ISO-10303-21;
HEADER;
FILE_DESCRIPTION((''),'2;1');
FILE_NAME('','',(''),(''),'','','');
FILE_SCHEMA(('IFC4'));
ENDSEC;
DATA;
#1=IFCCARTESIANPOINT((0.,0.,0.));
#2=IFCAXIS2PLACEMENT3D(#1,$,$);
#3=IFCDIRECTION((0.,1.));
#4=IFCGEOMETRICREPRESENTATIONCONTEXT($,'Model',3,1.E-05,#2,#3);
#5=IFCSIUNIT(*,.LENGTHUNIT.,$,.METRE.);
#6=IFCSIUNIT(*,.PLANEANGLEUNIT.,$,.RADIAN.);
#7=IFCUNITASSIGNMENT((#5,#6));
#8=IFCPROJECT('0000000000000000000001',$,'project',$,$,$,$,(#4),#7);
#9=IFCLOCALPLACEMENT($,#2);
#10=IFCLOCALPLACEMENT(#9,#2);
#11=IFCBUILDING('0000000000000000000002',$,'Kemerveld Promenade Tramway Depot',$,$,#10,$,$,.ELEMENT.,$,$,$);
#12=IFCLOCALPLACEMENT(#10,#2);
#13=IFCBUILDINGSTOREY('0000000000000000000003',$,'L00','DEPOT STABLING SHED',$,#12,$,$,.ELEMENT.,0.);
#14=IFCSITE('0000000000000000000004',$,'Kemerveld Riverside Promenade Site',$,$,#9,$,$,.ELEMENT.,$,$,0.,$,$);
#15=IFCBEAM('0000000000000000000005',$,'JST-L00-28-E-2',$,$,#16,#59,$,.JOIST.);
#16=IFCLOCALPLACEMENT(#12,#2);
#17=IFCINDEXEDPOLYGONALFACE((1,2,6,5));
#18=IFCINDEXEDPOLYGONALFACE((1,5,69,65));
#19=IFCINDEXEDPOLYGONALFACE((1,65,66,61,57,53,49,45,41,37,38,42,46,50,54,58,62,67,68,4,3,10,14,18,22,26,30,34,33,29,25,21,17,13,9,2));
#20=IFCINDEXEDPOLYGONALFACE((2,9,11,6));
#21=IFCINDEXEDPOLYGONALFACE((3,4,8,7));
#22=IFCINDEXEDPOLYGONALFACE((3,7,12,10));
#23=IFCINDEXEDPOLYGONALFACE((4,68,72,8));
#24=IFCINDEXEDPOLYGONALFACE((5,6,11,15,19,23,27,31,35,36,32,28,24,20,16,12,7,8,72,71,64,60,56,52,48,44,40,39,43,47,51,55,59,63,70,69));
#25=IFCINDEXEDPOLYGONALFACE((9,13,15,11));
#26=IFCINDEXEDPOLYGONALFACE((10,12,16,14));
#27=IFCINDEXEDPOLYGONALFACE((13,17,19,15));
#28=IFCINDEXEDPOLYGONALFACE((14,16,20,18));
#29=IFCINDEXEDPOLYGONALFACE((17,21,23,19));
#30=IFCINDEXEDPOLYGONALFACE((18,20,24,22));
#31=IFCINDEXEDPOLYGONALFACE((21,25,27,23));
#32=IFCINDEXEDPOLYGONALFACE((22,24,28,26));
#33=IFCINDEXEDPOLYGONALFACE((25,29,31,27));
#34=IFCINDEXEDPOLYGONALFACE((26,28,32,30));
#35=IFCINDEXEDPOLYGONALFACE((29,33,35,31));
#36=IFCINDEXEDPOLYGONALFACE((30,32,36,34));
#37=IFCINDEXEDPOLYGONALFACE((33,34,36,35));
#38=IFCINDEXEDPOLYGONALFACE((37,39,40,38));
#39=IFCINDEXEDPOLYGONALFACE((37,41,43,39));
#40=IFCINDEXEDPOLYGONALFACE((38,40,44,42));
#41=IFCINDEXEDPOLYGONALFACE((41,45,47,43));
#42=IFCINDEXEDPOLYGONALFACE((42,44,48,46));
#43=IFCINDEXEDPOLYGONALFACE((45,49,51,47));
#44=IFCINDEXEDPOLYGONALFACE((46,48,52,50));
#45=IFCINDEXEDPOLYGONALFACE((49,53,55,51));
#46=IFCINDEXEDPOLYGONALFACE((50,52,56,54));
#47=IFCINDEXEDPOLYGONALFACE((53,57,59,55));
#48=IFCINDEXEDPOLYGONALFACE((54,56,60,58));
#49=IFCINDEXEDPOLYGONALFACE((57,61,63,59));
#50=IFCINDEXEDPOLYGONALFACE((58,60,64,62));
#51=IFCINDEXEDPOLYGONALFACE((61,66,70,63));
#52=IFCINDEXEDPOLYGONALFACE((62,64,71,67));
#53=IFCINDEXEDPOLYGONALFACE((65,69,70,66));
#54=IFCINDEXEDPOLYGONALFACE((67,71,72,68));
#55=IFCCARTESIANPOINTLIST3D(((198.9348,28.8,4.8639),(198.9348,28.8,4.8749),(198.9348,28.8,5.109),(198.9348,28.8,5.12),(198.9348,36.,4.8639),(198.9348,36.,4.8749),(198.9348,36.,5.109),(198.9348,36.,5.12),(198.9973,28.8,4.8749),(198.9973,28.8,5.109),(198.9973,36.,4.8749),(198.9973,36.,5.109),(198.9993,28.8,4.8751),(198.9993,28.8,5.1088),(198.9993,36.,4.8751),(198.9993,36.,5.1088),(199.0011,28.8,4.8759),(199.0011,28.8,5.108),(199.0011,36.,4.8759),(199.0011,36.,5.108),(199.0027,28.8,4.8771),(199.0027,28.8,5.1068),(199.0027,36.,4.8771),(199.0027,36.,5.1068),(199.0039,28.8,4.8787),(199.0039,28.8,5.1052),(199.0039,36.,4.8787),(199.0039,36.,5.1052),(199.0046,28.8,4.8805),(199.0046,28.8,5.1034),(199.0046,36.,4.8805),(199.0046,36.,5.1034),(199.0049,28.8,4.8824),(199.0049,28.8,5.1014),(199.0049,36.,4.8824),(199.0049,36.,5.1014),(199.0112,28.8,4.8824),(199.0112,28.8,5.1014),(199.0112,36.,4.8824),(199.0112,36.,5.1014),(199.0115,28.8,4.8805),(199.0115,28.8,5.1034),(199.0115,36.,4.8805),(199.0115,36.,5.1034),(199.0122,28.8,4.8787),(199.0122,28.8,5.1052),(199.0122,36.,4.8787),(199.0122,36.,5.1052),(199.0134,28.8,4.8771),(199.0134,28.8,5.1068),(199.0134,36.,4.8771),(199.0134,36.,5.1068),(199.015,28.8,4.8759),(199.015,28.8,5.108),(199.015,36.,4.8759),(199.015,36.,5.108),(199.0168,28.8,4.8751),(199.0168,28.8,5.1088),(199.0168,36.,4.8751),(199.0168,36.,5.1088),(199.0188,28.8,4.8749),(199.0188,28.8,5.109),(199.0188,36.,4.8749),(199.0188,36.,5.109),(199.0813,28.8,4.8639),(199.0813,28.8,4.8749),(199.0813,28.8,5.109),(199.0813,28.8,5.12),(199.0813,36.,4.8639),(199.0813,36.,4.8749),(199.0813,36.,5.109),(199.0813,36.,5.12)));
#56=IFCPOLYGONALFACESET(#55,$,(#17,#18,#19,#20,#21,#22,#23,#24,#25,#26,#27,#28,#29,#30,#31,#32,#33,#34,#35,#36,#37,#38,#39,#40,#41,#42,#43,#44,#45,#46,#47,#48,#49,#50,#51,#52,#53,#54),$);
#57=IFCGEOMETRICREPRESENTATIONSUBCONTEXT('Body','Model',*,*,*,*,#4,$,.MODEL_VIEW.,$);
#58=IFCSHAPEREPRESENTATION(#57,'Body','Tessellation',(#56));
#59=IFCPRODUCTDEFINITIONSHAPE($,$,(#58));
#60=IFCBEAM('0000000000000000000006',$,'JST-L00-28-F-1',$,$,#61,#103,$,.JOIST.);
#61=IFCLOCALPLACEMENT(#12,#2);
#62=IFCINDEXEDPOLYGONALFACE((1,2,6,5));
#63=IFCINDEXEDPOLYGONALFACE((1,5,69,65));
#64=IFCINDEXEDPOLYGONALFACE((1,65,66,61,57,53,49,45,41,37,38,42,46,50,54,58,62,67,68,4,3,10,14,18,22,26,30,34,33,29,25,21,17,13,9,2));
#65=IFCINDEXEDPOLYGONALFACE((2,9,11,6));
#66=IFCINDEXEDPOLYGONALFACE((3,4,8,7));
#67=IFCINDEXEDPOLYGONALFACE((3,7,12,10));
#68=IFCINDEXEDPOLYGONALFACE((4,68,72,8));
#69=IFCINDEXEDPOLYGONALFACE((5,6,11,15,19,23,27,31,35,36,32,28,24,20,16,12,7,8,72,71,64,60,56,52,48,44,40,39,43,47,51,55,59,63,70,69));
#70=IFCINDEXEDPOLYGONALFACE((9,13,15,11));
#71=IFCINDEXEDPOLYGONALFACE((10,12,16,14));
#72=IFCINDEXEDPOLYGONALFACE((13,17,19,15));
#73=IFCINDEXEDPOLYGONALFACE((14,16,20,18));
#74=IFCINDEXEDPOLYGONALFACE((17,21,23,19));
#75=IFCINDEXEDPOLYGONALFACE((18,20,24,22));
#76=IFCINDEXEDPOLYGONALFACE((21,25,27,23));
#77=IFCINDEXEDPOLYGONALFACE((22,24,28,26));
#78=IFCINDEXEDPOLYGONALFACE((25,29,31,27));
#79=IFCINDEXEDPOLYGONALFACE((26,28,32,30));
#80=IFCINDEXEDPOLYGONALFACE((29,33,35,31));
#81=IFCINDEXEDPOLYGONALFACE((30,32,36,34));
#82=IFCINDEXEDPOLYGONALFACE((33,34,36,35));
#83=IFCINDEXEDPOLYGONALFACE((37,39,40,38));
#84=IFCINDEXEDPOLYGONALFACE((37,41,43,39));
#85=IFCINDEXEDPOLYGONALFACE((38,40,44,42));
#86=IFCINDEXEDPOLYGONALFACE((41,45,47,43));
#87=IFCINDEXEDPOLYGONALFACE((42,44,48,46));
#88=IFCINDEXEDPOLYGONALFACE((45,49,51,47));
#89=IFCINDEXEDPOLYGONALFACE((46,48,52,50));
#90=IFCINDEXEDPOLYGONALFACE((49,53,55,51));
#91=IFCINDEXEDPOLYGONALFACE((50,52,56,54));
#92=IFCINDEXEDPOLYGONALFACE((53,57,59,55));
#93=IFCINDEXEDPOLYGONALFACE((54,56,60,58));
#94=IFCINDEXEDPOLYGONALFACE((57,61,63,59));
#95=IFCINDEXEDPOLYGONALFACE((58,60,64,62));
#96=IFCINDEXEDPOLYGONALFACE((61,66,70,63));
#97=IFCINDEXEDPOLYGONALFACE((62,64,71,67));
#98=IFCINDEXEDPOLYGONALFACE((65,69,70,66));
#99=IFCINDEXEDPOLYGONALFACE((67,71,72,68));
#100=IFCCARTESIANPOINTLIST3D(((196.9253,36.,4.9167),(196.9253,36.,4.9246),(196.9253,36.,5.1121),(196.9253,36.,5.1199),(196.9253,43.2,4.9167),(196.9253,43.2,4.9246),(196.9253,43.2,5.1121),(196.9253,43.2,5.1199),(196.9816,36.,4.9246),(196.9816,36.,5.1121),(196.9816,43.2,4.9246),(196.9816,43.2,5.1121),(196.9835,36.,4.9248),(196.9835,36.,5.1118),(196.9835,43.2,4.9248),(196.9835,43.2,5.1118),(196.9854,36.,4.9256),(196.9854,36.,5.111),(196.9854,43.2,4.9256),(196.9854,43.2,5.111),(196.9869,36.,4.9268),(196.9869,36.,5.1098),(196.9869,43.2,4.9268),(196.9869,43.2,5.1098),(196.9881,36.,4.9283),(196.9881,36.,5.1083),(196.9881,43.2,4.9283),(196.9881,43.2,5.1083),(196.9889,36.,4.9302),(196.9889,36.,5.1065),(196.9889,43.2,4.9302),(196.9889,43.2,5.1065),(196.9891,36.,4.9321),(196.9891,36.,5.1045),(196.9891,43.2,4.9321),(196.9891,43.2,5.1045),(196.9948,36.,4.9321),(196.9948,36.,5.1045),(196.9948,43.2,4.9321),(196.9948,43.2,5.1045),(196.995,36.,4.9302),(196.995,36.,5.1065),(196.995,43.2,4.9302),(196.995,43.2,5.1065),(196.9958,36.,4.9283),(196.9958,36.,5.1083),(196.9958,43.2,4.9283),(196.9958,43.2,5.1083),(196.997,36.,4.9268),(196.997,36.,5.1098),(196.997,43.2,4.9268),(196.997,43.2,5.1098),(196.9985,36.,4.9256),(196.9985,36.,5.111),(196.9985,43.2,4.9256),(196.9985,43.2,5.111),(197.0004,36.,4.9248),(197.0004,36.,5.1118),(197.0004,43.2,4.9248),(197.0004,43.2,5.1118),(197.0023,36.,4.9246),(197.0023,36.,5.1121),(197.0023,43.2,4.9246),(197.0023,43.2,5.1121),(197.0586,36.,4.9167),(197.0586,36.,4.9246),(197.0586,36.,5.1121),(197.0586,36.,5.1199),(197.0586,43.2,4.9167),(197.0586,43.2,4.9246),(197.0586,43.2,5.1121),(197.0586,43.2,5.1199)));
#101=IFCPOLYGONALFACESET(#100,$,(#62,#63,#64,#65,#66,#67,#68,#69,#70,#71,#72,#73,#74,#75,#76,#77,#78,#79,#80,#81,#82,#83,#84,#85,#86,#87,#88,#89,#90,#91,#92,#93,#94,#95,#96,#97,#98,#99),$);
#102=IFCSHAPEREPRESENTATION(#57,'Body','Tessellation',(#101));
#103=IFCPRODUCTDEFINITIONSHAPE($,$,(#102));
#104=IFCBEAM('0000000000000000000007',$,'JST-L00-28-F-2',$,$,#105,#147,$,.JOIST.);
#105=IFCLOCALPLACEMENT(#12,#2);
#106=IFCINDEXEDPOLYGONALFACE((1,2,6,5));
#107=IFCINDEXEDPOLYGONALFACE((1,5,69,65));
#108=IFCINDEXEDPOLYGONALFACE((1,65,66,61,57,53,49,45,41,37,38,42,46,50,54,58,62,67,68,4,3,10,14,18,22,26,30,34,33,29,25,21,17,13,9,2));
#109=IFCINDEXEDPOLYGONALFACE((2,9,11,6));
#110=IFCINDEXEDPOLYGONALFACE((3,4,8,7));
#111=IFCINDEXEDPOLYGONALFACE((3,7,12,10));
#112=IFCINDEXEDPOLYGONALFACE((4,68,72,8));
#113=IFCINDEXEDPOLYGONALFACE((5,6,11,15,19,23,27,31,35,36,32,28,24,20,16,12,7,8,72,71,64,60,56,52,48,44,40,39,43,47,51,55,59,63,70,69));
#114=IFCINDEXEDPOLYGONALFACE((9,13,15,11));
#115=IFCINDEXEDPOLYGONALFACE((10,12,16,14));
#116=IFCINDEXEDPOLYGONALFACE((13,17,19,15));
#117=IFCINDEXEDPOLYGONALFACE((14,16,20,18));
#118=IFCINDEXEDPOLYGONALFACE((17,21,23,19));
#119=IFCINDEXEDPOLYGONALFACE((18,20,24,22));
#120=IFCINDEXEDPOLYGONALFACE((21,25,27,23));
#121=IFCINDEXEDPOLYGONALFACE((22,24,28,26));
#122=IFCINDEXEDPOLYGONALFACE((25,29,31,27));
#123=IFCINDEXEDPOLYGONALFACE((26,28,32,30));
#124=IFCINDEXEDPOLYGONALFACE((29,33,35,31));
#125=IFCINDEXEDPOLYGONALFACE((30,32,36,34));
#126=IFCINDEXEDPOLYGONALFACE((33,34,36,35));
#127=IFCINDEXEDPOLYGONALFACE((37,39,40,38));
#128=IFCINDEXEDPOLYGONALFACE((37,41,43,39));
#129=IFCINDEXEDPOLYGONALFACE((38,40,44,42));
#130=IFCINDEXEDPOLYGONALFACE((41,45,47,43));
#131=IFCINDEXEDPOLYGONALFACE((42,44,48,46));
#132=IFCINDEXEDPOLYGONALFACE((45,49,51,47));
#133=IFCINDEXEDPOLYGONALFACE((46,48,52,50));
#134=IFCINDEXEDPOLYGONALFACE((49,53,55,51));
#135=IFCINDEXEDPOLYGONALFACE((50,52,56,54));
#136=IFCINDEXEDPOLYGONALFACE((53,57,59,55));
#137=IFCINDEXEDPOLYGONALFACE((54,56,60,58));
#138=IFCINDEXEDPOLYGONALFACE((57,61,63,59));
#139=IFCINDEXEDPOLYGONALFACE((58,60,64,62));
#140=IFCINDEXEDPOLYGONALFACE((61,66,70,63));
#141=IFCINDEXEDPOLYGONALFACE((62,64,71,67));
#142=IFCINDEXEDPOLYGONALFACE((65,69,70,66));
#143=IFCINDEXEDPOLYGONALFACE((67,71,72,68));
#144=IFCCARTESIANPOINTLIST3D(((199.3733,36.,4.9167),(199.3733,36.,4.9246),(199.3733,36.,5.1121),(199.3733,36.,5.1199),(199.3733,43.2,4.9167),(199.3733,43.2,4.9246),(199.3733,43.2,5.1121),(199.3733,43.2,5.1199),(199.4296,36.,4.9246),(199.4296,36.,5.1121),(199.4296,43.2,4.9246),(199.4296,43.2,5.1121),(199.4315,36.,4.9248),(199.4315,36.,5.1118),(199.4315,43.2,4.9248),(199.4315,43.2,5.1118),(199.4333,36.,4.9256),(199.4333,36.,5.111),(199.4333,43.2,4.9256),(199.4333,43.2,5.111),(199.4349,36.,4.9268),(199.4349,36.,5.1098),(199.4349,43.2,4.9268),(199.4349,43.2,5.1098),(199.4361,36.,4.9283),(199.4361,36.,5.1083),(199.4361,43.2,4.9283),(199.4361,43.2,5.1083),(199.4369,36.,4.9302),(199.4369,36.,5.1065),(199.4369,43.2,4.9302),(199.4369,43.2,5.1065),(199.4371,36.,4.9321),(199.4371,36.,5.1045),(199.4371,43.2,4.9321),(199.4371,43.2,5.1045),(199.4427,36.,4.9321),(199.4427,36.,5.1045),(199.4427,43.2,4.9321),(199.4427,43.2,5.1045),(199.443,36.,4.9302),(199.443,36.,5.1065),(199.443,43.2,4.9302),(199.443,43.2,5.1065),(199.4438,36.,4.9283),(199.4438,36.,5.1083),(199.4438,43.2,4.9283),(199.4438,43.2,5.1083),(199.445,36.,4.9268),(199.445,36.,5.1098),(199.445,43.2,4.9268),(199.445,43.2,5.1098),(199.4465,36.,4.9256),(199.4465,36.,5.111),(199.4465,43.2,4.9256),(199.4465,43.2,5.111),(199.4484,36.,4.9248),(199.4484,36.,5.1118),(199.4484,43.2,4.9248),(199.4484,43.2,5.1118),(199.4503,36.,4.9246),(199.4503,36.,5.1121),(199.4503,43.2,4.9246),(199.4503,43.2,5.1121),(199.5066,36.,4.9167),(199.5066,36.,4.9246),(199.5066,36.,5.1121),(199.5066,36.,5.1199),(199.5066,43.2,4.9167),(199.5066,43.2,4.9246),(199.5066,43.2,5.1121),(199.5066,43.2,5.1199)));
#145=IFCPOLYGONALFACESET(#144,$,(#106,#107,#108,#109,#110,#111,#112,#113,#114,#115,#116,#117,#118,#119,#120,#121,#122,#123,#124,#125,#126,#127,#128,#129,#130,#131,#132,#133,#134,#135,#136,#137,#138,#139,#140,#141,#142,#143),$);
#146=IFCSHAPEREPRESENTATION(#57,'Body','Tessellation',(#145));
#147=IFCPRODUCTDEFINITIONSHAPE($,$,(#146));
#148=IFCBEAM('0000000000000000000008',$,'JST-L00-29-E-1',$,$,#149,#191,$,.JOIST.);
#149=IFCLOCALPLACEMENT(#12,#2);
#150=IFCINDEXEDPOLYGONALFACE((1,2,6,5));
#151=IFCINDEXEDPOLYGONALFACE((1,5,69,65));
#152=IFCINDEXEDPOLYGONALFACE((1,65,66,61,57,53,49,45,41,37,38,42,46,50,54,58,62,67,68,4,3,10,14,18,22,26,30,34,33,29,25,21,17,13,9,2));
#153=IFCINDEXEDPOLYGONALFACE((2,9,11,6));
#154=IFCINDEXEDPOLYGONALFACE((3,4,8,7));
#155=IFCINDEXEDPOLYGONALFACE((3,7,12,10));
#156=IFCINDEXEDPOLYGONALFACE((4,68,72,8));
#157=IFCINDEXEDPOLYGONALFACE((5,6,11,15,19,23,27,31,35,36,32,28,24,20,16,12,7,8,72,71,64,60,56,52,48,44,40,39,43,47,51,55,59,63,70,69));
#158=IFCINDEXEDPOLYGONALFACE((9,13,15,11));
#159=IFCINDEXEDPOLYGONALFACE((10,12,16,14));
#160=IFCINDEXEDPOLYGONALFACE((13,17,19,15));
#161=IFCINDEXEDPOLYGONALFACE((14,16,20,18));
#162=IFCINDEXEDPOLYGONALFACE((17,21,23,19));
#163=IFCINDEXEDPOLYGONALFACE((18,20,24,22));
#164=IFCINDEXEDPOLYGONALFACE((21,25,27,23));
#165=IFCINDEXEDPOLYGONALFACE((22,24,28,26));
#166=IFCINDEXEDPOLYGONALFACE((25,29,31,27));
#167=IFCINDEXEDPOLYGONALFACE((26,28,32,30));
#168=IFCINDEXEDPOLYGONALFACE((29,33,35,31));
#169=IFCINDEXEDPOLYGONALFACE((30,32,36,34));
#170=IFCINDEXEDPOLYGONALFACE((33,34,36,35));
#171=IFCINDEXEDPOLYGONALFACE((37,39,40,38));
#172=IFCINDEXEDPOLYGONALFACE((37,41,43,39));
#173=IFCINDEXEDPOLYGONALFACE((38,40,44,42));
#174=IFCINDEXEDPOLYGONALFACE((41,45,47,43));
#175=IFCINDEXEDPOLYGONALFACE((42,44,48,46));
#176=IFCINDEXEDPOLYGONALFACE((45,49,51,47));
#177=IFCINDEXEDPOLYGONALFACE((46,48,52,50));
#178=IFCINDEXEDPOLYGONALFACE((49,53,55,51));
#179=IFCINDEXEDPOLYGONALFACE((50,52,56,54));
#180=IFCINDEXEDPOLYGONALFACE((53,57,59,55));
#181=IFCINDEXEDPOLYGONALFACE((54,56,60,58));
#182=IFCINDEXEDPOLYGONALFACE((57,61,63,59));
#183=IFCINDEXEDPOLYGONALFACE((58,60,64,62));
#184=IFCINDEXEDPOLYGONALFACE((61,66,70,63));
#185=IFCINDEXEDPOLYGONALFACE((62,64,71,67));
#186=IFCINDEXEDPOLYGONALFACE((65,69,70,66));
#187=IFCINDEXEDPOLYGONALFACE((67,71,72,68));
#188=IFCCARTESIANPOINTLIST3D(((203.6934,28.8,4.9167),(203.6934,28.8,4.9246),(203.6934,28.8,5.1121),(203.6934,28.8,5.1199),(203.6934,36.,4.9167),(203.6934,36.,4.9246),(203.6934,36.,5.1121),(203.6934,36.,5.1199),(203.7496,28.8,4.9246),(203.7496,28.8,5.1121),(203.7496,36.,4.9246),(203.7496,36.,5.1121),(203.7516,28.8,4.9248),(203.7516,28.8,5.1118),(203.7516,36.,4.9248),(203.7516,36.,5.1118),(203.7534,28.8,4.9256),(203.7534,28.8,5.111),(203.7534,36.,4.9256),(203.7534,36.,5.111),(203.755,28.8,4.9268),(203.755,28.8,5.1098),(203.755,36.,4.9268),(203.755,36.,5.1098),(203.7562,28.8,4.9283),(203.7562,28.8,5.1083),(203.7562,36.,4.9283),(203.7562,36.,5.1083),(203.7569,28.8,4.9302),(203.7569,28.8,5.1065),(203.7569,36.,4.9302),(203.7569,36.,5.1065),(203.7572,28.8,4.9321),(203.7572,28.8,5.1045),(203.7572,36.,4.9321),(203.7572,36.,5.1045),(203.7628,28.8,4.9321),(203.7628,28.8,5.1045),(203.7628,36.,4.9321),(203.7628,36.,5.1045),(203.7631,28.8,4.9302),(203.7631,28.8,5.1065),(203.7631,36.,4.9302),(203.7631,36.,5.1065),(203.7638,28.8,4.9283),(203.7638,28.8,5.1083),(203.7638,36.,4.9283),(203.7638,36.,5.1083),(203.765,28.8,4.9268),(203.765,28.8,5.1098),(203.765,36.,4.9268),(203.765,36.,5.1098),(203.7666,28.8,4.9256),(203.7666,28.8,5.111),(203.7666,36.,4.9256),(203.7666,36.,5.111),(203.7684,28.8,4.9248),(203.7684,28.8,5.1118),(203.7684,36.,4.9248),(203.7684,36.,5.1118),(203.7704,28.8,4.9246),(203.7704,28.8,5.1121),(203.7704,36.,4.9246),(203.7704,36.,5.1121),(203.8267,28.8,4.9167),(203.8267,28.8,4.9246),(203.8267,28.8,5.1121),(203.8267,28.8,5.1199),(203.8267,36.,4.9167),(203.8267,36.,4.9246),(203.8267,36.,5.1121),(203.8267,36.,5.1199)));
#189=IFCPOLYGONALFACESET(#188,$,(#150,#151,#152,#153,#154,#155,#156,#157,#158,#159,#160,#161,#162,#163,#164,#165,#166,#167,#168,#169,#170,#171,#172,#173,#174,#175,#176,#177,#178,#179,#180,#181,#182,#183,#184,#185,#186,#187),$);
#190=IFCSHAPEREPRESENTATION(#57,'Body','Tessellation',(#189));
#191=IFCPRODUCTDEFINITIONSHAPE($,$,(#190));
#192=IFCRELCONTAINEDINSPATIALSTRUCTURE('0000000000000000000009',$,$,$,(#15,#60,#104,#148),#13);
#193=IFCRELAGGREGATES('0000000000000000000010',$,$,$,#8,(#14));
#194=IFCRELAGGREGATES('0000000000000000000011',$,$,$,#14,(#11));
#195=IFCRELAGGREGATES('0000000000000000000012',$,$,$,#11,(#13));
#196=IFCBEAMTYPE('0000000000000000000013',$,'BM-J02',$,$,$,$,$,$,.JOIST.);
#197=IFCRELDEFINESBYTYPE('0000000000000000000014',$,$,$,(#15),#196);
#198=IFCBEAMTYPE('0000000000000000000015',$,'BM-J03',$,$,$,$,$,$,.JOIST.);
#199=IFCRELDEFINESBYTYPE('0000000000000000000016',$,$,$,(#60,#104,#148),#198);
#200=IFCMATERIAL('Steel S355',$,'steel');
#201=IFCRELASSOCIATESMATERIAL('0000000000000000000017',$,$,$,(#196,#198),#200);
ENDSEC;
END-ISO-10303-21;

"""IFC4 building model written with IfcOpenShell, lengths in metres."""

from ifc_helpers import new_model, si_unit, direction, frame, origin, origin_2d, place, context, subcontext, project, spatial, i_section, extrude, material, material_profile, profile_set, type_object, element, save


model = new_model("IFC4")

# Units and contexts
model_context = context("Model", 3, precision=1e-05, world=origin(), true_north=direction((0.0, 1.0)))
body_context = subcontext(model_context, "Body", "Model", "MODEL_VIEW")
ifc_project = project(units=[si_unit("LENGTHUNIT", "METRE"), si_unit("PLANEANGLEUNIT", "RADIAN")], contexts=[model_context])

# Site, building, storey
site_placement = place(None, origin())
site = spatial("IfcSite", under=ifc_project, at=site_placement, Name="Kemerveld Riverside Promenade Site", CompositionType="ELEMENT", RefElevation=0.0)
building_placement = place(site_placement, origin())
building = spatial("IfcBuilding", under=site, at=building_placement, Name="Kemerveld Promenade Tramway Depot", CompositionType="ELEMENT")
storey_placement = place(building_placement, origin())
storey = spatial("IfcBuildingStorey", under=building, at=storey_placement, Name="L00", Description="DEPOT STABLING SHED", CompositionType="ELEMENT", Elevation=0.0)

# Shared definitions
ifc_material_1 = material(Name="Steel S355", Category="steel")

# Beams
ifc_material_profile_1 = material_profile(ifc_material_1, i_section(OverallWidth=0.1465, OverallDepth=0.2561, WebThickness=0.0063, FlangeThickness=0.011, FilletRadius=0.0076, at=origin_2d()), Name="254x146x37 UB")
ifc_profile_set_1 = profile_set([ifc_material_profile_1], Name="Steel S355")
beam_type_1 = type_object("IfcBeamType", Name="BM-J02", PredefinedType="JOIST", material=ifc_profile_set_1)
for number, where, z_axis, x_axis, name in (
    (1, (199.0081, 28.8, 4.9919), (0.0, 1.0, 0.0), (-1.0, 0.0, 0.0), "JST-L00-28-E-2"),
):
    element("IfcBeam", number, at=place(storey_placement, frame(where, z_axis=z_axis, x_axis=x_axis)), inside=storey, type_object=beam_type_1, Name=name, PredefinedType="JOIST", context=body_context, shape_type="SweptSolid", body=[
        extrude(i_section(OverallWidth=0.1465, OverallDepth=0.2561, WebThickness=0.0063, FlangeThickness=0.011, FilletRadius=0.0076, at=origin_2d()), origin(), (0.0, 0.0, 1.0), 7.2),
    ])
ifc_material_profile_2 = material_profile(ifc_material_1, i_section(OverallWidth=0.1333, OverallDepth=0.2031, WebThickness=0.0056, FlangeThickness=0.0078, FilletRadius=0.0076, at=origin_2d()), Name="203x133x25 UB")
ifc_profile_set_2 = profile_set([ifc_material_profile_2], Name="Steel S355")
beam_type_2 = type_object("IfcBeamType", Name="BM-J03", PredefinedType="JOIST", material=ifc_profile_set_2)
for number, where, z_axis, x_axis, name in (
    (2, (196.9919, 36.0, 5.0183), (0.0, 1.0, 0.0), (-1.0, 0.0, 0.0), "JST-L00-28-F-1"),
    (3, (199.4399, 36.0, 5.0183), (0.0, 1.0, 0.0), (-1.0, 0.0, 0.0), "JST-L00-28-F-2"),
    (4, (203.76, 28.8, 5.0183), (0.0, 1.0, 0.0), (-1.0, 0.0, 0.0), "JST-L00-29-E-1"),
):
    element("IfcBeam", number, at=place(storey_placement, frame(where, z_axis=z_axis, x_axis=x_axis)), inside=storey, type_object=beam_type_2, Name=name, PredefinedType="JOIST", context=body_context, shape_type="SweptSolid", body=[
        extrude(i_section(OverallWidth=0.1333, OverallDepth=0.2031, WebThickness=0.0056, FlangeThickness=0.0078, FilletRadius=0.0076, at=origin_2d()), origin(), (0.0, 0.0, 1.0), 7.2),
    ])

save(model, "model.ifc")
